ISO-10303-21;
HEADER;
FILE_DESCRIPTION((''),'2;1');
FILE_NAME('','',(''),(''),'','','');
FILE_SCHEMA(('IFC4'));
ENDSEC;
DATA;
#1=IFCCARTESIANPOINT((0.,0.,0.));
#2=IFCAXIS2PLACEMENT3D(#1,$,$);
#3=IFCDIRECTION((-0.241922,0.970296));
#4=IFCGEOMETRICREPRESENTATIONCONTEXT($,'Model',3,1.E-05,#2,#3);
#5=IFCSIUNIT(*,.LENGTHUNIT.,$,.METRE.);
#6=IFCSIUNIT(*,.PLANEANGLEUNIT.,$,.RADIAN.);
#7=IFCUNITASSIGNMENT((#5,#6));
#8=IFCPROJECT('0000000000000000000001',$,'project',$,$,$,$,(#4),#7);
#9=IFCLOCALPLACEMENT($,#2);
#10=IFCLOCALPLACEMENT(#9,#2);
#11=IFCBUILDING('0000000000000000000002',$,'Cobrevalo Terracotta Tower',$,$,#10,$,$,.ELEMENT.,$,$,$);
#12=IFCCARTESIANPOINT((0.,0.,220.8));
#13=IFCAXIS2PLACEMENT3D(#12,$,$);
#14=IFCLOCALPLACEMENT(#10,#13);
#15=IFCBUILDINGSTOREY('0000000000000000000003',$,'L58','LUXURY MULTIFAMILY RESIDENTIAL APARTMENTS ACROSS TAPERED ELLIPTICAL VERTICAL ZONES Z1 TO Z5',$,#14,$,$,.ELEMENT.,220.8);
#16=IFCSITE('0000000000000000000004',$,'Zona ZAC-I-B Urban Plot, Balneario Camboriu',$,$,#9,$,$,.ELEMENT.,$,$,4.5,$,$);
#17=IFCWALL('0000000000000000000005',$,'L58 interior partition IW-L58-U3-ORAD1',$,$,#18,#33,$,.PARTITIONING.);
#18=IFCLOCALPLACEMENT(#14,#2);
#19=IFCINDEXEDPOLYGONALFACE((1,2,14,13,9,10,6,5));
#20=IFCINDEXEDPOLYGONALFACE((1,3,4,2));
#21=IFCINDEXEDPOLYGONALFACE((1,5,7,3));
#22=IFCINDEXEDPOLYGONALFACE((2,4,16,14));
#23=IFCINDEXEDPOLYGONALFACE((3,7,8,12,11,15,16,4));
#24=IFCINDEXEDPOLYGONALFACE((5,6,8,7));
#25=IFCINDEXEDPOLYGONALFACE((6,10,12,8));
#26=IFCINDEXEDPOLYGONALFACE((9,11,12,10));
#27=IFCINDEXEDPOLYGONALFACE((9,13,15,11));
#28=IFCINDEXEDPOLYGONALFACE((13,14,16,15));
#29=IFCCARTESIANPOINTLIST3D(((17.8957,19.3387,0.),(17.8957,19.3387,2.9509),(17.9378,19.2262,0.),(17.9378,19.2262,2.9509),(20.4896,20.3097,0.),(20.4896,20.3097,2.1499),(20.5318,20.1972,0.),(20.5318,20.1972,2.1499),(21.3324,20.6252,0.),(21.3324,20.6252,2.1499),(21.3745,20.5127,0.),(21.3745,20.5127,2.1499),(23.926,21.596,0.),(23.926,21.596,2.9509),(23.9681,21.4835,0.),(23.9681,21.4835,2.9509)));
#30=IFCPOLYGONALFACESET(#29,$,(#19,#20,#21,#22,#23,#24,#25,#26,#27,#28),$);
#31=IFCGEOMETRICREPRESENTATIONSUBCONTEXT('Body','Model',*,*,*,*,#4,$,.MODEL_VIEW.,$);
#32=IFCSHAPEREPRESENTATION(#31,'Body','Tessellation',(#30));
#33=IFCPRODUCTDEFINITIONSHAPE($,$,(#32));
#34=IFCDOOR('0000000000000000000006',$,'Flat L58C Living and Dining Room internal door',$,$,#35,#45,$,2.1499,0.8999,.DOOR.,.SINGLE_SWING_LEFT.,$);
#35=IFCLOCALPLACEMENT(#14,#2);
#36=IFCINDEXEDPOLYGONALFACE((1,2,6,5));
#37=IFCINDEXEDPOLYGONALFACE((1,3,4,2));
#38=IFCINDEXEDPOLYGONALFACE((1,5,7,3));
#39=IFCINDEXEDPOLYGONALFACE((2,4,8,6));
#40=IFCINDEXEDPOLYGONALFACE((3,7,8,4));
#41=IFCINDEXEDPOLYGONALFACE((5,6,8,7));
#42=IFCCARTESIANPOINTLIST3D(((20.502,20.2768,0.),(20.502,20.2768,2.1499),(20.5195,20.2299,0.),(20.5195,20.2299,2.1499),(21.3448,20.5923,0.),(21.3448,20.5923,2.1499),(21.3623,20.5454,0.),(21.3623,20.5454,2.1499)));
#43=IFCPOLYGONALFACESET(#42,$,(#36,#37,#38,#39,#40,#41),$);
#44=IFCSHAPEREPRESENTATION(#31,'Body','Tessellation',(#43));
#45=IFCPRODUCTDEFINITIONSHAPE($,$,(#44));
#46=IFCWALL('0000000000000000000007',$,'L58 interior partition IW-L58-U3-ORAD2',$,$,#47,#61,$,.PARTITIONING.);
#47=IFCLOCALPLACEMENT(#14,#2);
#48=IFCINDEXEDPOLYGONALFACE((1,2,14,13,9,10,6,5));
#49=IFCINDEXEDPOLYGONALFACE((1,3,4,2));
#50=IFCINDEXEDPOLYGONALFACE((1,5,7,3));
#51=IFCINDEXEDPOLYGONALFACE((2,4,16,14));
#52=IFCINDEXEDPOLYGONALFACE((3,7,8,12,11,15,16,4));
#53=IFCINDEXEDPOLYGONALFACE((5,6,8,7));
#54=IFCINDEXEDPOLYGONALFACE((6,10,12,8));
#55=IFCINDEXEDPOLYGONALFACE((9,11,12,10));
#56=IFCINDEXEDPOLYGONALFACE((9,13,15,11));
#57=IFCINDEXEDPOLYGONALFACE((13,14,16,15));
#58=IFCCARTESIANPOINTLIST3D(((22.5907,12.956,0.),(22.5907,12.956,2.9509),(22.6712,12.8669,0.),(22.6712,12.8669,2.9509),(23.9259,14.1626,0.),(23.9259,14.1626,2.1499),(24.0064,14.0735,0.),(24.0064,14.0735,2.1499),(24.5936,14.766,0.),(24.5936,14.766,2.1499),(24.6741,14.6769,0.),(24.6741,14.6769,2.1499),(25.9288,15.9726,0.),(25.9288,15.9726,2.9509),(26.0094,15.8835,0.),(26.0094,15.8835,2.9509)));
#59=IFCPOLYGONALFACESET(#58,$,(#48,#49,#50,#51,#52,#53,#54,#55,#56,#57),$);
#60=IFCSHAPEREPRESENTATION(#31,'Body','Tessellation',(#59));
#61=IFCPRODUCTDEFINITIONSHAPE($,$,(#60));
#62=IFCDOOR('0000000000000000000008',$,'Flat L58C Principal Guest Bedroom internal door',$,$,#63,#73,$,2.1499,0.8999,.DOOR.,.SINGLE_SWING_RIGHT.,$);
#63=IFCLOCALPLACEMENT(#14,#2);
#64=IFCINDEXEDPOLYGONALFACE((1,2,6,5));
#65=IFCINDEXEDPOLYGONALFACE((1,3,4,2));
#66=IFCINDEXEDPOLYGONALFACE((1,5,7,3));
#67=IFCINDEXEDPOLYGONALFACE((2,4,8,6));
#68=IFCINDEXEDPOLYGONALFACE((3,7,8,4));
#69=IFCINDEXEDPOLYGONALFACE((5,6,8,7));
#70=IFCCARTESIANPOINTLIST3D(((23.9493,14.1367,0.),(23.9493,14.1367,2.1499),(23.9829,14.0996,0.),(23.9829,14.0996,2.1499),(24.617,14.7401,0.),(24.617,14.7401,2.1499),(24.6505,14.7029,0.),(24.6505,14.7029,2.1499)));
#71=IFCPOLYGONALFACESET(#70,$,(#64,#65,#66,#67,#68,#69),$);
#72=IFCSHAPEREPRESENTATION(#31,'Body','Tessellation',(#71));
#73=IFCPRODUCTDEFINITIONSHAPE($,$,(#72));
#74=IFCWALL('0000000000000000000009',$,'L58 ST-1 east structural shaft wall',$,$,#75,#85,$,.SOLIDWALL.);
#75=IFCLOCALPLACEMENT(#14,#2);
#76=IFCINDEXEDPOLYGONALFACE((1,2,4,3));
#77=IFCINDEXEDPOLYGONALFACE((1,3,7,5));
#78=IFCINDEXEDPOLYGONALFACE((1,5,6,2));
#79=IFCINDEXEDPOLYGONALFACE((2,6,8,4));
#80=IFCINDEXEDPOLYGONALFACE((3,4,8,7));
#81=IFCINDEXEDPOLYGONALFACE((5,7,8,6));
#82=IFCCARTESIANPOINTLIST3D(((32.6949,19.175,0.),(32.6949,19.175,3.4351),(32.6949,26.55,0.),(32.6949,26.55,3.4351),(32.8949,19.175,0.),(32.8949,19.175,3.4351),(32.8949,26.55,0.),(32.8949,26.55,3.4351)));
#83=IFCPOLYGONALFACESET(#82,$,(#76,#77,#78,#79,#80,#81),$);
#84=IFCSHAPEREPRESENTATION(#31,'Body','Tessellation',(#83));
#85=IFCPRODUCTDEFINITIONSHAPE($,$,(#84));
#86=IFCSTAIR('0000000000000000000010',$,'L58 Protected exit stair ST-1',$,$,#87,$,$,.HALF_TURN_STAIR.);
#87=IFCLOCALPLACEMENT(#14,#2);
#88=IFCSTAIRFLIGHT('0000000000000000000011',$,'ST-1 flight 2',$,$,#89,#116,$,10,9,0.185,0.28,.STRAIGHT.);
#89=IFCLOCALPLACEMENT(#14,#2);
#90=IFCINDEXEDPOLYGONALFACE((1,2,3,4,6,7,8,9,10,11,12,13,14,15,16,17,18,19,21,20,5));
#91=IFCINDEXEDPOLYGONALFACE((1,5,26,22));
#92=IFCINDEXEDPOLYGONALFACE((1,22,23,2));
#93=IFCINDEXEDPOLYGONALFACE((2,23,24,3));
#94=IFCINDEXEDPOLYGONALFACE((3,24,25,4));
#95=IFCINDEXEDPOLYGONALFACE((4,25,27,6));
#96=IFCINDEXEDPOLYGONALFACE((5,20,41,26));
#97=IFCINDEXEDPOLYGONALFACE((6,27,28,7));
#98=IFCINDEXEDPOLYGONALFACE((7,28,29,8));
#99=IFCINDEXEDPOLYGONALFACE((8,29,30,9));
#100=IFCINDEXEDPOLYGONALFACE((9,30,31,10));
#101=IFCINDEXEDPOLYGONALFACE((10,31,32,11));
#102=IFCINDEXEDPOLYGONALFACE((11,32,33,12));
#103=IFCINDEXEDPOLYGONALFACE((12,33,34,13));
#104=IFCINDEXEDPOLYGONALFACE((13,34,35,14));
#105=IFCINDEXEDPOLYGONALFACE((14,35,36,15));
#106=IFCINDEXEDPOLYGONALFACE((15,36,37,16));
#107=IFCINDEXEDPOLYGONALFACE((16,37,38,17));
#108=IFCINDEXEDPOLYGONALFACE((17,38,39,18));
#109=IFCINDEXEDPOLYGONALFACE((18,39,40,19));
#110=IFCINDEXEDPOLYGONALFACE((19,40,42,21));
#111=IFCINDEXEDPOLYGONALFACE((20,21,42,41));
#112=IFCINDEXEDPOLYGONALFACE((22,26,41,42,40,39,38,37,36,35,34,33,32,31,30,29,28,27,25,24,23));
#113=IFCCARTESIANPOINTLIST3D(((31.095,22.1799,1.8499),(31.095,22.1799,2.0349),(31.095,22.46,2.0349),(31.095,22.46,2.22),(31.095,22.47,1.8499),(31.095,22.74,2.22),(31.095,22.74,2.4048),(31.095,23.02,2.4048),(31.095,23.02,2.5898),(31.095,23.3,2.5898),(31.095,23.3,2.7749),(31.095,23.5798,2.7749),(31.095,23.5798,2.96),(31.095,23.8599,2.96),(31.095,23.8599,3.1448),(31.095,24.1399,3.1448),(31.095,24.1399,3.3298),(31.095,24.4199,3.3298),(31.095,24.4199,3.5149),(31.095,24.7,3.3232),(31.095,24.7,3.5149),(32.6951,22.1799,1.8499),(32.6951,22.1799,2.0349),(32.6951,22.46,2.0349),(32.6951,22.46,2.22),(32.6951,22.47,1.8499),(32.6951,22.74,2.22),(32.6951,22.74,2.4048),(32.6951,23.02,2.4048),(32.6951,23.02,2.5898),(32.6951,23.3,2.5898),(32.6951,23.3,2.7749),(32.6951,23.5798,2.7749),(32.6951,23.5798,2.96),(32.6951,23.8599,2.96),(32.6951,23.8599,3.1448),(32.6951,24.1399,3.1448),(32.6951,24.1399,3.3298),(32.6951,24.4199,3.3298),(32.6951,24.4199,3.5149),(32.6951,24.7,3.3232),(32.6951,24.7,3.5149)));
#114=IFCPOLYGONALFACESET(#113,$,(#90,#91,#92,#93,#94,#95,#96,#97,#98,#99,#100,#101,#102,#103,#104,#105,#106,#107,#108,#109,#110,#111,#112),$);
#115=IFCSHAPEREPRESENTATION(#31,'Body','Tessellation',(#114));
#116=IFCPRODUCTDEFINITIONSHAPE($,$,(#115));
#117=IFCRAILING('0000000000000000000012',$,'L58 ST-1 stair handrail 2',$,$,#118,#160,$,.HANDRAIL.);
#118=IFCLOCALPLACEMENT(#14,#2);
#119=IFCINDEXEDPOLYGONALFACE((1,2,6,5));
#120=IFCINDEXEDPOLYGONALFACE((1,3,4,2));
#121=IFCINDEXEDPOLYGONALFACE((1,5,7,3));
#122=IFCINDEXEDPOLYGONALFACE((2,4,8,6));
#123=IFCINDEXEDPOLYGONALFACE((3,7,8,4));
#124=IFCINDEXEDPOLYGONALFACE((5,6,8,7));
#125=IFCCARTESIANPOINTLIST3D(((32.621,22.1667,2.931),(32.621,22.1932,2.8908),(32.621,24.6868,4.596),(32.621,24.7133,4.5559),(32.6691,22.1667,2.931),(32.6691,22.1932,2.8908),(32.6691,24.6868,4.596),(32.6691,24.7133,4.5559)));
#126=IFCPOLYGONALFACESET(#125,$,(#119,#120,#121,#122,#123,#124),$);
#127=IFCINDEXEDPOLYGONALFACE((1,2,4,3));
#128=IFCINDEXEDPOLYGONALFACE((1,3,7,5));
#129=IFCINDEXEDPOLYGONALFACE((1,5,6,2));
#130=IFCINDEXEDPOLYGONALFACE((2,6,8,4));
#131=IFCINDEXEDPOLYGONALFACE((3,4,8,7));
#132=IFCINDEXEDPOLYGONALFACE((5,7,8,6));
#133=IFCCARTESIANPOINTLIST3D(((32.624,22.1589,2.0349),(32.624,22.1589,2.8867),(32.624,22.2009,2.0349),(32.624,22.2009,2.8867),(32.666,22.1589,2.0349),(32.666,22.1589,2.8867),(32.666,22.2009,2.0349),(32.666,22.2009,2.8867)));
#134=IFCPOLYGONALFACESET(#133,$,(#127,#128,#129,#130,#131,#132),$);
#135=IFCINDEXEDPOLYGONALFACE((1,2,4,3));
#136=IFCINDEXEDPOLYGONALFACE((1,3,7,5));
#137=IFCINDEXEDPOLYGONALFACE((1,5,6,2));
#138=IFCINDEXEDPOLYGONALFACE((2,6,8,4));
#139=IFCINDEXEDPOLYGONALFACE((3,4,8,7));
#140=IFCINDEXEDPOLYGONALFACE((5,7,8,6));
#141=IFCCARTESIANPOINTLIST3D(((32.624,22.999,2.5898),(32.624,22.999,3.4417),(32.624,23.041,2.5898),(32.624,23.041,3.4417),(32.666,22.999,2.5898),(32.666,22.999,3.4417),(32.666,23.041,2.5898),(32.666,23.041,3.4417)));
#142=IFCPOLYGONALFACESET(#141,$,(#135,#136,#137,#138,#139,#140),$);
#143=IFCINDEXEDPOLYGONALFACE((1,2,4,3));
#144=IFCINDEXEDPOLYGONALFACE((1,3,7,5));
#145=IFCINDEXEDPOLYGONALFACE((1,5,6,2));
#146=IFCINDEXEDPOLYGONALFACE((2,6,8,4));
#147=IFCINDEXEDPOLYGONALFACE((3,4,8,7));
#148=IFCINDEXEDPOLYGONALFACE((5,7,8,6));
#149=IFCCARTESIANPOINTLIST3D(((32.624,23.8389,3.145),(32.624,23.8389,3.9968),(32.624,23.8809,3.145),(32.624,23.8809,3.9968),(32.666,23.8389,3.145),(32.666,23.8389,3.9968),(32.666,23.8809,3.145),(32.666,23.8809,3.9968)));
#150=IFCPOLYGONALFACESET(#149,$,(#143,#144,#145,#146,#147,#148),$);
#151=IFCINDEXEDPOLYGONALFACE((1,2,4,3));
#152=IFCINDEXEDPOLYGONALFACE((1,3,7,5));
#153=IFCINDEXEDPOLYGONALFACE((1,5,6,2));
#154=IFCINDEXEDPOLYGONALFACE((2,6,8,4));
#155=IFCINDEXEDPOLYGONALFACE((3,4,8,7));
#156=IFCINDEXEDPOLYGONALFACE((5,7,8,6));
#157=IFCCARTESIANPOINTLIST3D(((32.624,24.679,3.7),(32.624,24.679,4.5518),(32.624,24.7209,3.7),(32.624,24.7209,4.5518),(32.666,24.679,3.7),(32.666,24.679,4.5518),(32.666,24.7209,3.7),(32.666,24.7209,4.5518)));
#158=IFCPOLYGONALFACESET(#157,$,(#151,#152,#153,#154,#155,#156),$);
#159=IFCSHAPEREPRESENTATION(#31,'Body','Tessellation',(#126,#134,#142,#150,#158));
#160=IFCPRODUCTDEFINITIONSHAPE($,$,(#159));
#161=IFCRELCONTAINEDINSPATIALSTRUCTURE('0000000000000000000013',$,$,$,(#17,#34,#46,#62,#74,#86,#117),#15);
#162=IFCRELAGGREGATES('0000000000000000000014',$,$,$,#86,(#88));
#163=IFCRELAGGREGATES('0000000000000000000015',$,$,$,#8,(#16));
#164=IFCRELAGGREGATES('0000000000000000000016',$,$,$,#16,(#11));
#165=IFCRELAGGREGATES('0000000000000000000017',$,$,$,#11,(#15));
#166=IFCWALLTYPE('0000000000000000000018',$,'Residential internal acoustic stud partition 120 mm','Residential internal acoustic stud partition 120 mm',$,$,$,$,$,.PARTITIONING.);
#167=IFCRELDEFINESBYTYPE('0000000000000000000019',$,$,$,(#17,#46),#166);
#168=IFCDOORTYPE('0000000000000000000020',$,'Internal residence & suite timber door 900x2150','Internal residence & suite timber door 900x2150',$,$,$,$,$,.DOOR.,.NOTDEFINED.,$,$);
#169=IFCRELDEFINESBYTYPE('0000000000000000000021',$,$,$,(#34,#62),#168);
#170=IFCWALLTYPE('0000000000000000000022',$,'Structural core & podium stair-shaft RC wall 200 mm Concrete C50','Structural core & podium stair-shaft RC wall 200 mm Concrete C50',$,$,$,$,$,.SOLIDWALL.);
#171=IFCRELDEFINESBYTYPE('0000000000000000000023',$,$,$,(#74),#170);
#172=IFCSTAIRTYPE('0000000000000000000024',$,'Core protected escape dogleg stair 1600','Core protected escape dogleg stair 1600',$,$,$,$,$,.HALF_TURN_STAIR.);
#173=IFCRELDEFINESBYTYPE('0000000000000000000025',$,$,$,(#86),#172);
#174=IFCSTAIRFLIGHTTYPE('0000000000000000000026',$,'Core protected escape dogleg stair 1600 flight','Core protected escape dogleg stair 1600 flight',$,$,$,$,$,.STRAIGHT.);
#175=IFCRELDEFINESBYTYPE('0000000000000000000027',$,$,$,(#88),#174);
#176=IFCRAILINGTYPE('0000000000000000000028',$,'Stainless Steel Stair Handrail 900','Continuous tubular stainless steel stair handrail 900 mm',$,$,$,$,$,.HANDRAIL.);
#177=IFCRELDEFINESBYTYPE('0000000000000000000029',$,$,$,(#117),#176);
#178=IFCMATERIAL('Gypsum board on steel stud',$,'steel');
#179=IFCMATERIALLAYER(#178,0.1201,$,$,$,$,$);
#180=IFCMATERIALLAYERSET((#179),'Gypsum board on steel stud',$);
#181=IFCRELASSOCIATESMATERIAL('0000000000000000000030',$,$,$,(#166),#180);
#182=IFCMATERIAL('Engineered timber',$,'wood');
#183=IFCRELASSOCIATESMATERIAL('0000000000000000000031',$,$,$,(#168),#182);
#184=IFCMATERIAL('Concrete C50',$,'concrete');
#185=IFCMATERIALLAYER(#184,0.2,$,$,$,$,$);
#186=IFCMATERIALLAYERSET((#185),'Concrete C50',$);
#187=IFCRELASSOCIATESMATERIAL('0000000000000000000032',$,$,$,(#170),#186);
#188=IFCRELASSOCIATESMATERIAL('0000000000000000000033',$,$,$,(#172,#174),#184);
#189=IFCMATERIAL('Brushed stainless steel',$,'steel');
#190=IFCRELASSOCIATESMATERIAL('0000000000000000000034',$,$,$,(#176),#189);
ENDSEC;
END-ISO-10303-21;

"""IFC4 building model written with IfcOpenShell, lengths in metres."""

from ifc_helpers import new_model, si_unit, direction, frame, frame_2d, origin, origin_2d, place, context, subcontext, project, spatial, polyline, rectangle, outline, extrude, source, transform, mapped, material, layer, layer_set, type_object, element, fill, aggregate, save


model = new_model("IFC4")

# Units and contexts
model_context = context("Model", 3, precision=1e-05, world=origin(), true_north=direction((-0.241922, 0.970296)))
body_context = subcontext(model_context, "Body", "Model", "MODEL_VIEW")
ifc_project = project(units=[si_unit("LENGTHUNIT", "METRE"), si_unit("PLANEANGLEUNIT", "RADIAN")], contexts=[model_context])

# Site, building, storey
site_placement = place(None, origin())
site = spatial("IfcSite", under=ifc_project, at=site_placement, Name="Zona ZAC-I-B Urban Plot, Balneario Camboriu", CompositionType="ELEMENT", RefElevation=4.5)
building_placement = place(site_placement, origin())
building = spatial("IfcBuilding", under=site, at=building_placement, Name="Cobrevalo Terracotta Tower", CompositionType="ELEMENT")
storey_placement = place(building_placement, frame((0.0, 0.0, 220.8)))
storey = spatial("IfcBuildingStorey", under=building, at=storey_placement, Name="L58", Description="LUXURY MULTIFAMILY RESIDENTIAL APARTMENTS ACROSS TAPERED ELLIPTICAL VERTICAL ZONES Z1 TO Z5", CompositionType="ELEMENT", Elevation=220.8)

# Shared definitions
ifc_material_1 = material(Name="Concrete C50", Category="concrete")

# Shared definitions
ifc_material_2 = material(Name="Gypsum board on steel stud", Category="steel")
ifc_layer_1 = layer(ifc_material_2, 0.1201)
ifc_layer_set_1 = layer_set([ifc_layer_1], Name="Gypsum board on steel stud")
wall_type_1 = type_object("IfcWallType", Name="Residential internal acoustic stud partition 120 mm", Description="Residential internal acoustic stud partition 120 mm", PredefinedType="PARTITIONING", material=ifc_layer_set_1)

# Walls, openings, doors
wall_1_placement = place(storey_placement, frame((23.947, 21.5398, 0.0), z_axis=(0.0, 0.0, 1.0), x_axis=(-0.936535, -0.350575, 0.0)))
wall_1 = element("IfcWall", 1, at=wall_1_placement, inside=storey, type_object=wall_type_1, Name="L58 interior partition IW-L58-U3-ORAD1", PredefinedType="PARTITIONING", context=body_context, shape_type="SweptSolid", body=[
    extrude(rectangle(XDim=6.439, YDim=0.1201, at=frame_2d((3.2195, 0.0))), origin(), (0.0, 0.0, 1.0), 2.9509),
])
opening_1_placement = place(wall_1_placement, frame((2.7693, 0.0, 0.0)))
opening_1 = element("IfcOpeningElement", 2, at=opening_1_placement, cuts=wall_1, PredefinedType="OPENING", context=body_context, shape_type="SweptSolid", body=[
    extrude(rectangle(XDim=0.8999, YDim=2.1499, at=frame_2d((0.45, 1.075))), frame((0.0, 0.0701, 0.0), z_axis=(0.0, -1.0, 0.0), x_axis=(1.0, 0.0, 0.0)), (0.0, 0.0, 1.0), 0.1401),
])
ifc_material_3 = material(Name="Engineered timber", Category="wood")
door_type_1 = type_object("IfcDoorType", Name="Internal residence & suite timber door 900x2150", Description="Internal residence & suite timber door 900x2150", OperationType="NOTDEFINED", PredefinedType="DOOR", material=ifc_material_3)
shared_shape_1 = source(origin(), body_context, "Body", "SweptSolid", [
    extrude(rectangle(XDim=0.8999, YDim=2.1499, at=frame_2d((0.45, 1.075))), frame((0.0, 0.0249, 0.0), z_axis=(0.0, -1.0, 0.0), x_axis=(1.0, 0.0, 0.0)), (0.0, 0.0, 1.0), 0.05),
])
door_1_placement = place(opening_1_placement, frame((0.8999, 0.0, 0.0), z_axis=(0.0, 0.0, 1.0), x_axis=(-1.0, 0.0, 0.0)))
door_1 = element("IfcDoor", 3, at=door_1_placement, inside=storey, type_object=door_type_1, Name="Flat L58C Living and Dining Room internal door", OperationType="SINGLE_SWING_LEFT", OverallHeight=2.1499, OverallWidth=0.8999, PredefinedType="DOOR", context=body_context, shape_type="MappedRepresentation", body=[
    mapped(shared_shape_1, transform((0.0, 0.0, 0.0), scale=1.0)),
])
fill(opening_1, door_1)
wall_2_placement = place(storey_placement, frame((25.969, 15.928, 0.0), z_axis=(0.0, 0.0, 1.0), x_axis=(-0.741935, -0.670471, 0.0)))
wall_2 = element("IfcWall", 4, at=wall_2_placement, inside=storey, type_object=wall_type_1, Name="L58 interior partition IW-L58-U3-ORAD2", PredefinedType="PARTITIONING", context=body_context, shape_type="SweptSolid", body=[
    extrude(rectangle(XDim=4.4993, YDim=0.1201, at=frame_2d((2.2495, 0.0))), origin(), (0.0, 0.0, 1.0), 2.9509),
])
opening_2_placement = place(wall_2_placement, frame((1.7996, 0.0, 0.0)))
opening_2 = element("IfcOpeningElement", 5, at=opening_2_placement, cuts=wall_2, PredefinedType="OPENING", context=body_context, shape_type="SweptSolid", body=[
    extrude(rectangle(XDim=0.8999, YDim=2.1499, at=frame_2d((0.45, 1.075))), frame((0.0, 0.0701, 0.0), z_axis=(0.0, -1.0, 0.0), x_axis=(1.0, 0.0, 0.0)), (0.0, 0.0, 1.0), 0.1401),
])
door_2_placement = place(opening_2_placement, origin())
door_2 = element("IfcDoor", 6, at=door_2_placement, inside=storey, type_object=door_type_1, Name="Flat L58C Principal Guest Bedroom internal door", OperationType="SINGLE_SWING_RIGHT", OverallHeight=2.1499, OverallWidth=0.8999, PredefinedType="DOOR", context=body_context, shape_type="MappedRepresentation", body=[
    mapped(shared_shape_1, transform((0.0, 0.0, 0.0), scale=1.0)),
])
fill(opening_2, door_2)

# Wall
ifc_layer_2 = layer(ifc_material_1, 0.2)
ifc_layer_set_2 = layer_set([ifc_layer_2], Name="Concrete C50")
wall_type_2 = type_object("IfcWallType", Name="Structural core & podium stair-shaft RC wall 200 mm Concrete C50", Description="Structural core & podium stair-shaft RC wall 200 mm Concrete C50", PredefinedType="SOLIDWALL", material=ifc_layer_set_2)
wall_3_placement = place(storey_placement, frame((32.7949, 19.175, 0.0), z_axis=(0.0, 0.0, 1.0), x_axis=(0.0, 1.0, 0.0)))
element("IfcWall", 7, at=wall_3_placement, inside=storey, type_object=wall_type_2, Name="L58 ST-1 east structural shaft wall", PredefinedType="SOLIDWALL", context=body_context, shape_type="SweptSolid", body=[
    extrude(rectangle(XDim=7.375, YDim=0.2, at=frame_2d((3.6875, 0.0))), origin(), (0.0, 0.0, 1.0), 3.4351),
])

# Stair, stair flight
stair_type = type_object("IfcStairType", Name="Core protected escape dogleg stair 1600", Description="Core protected escape dogleg stair 1600", PredefinedType="HALF_TURN_STAIR", material=ifc_material_1)
stair_placement = place(storey_placement, origin())
stair = element("IfcStair", 8, at=stair_placement, inside=storey, type_object=stair_type, Name="L58 Protected exit stair ST-1", PredefinedType="HALF_TURN_STAIR")
stair_flight_type = type_object("IfcStairFlightType", Name="Core protected escape dogleg stair 1600 flight", Description="Core protected escape dogleg stair 1600 flight", PredefinedType="STRAIGHT", material=ifc_material_1)
stair_flight_placement = place(storey_placement, frame((31.895, 22.1799, 1.8499), z_axis=(0.0, 0.0, 1.0), x_axis=(0.0, 1.0, 0.0)))
stair_flight = element("IfcStairFlight", 9, at=stair_flight_placement, type_object=stair_flight_type, Name="ST-1 flight 2", NumberOfRisers=10, NumberOfTreads=9, PredefinedType="STRAIGHT", RiserHeight=0.185, TreadLength=0.28, context=body_context, shape_type="SweptSolid", body=[
    extrude(outline(polyline([(0.0, 0.0), (0.0, 0.1851), (0.28, 0.1851), (0.28, 0.3701), (0.5601, 0.3701), (0.5601, 0.5549), (0.8401, 0.5549), (0.8401, 0.74), (1.1201, 0.74), (1.1201, 0.925), (1.3999, 0.925), (1.3999, 1.1101), (1.6799, 1.1101), (1.6799, 1.2949), (1.96, 1.2949), (1.96, 1.48), (2.24, 1.48), (2.24, 1.665), (2.52, 1.665), (2.52, 1.8501), (2.52, 1.4734), (0.29, 0.0), (0.0, 0.0)])), frame((0.0, 0.8, 0.0), z_axis=(0.0, -1.0, 0.0), x_axis=(1.0, 0.0, 0.0)), (0.0, 0.0, 1.0), 1.6001),
])
aggregate(stair, [stair_flight])

# Railing
ifc_material_4 = material(Name="Brushed stainless steel", Category="steel")
railing_type_1 = type_object("IfcRailingType", Name="Stainless Steel Stair Handrail 900", Description="Continuous tubular stainless steel stair handrail 900 mm", PredefinedType="HANDRAIL", material=ifc_material_4)
railing_1_placement = place(storey_placement, frame((32.645, 22.1799, 2.0349)))
element("IfcRailing", 10, at=railing_1_placement, inside=storey, type_object=railing_type_1, Name="L58 ST-1 stair handrail 2", PredefinedType="HANDRAIL", context=body_context, shape_type="SweptSolid", body=[
    extrude(rectangle(XDim=0.0481, YDim=0.0481, at=origin_2d()), frame((0.0, 0.0, 0.876), z_axis=(0.0, 0.834331, 0.551263), x_axis=(-1.0, 0.0, 0.0)), (0.0, 0.0, 1.0), 3.0205),
    extrude(rectangle(XDim=0.042, YDim=0.042, at=origin_2d()), origin(), (0.0, 0.0, 1.0), 0.8518),
    extrude(rectangle(XDim=0.042, YDim=0.042, at=origin_2d()), frame((0.0, 0.8401, 0.5549)), (0.0, 0.0, 1.0), 0.8518),
    extrude(rectangle(XDim=0.042, YDim=0.042, at=origin_2d()), frame((0.0, 1.6799, 1.1101)), (0.0, 0.0, 1.0), 0.8518),
    extrude(rectangle(XDim=0.042, YDim=0.042, at=origin_2d()), frame((0.0, 2.52, 1.665)), (0.0, 0.0, 1.0), 0.8518),
])

save(model, "model.ifc")
